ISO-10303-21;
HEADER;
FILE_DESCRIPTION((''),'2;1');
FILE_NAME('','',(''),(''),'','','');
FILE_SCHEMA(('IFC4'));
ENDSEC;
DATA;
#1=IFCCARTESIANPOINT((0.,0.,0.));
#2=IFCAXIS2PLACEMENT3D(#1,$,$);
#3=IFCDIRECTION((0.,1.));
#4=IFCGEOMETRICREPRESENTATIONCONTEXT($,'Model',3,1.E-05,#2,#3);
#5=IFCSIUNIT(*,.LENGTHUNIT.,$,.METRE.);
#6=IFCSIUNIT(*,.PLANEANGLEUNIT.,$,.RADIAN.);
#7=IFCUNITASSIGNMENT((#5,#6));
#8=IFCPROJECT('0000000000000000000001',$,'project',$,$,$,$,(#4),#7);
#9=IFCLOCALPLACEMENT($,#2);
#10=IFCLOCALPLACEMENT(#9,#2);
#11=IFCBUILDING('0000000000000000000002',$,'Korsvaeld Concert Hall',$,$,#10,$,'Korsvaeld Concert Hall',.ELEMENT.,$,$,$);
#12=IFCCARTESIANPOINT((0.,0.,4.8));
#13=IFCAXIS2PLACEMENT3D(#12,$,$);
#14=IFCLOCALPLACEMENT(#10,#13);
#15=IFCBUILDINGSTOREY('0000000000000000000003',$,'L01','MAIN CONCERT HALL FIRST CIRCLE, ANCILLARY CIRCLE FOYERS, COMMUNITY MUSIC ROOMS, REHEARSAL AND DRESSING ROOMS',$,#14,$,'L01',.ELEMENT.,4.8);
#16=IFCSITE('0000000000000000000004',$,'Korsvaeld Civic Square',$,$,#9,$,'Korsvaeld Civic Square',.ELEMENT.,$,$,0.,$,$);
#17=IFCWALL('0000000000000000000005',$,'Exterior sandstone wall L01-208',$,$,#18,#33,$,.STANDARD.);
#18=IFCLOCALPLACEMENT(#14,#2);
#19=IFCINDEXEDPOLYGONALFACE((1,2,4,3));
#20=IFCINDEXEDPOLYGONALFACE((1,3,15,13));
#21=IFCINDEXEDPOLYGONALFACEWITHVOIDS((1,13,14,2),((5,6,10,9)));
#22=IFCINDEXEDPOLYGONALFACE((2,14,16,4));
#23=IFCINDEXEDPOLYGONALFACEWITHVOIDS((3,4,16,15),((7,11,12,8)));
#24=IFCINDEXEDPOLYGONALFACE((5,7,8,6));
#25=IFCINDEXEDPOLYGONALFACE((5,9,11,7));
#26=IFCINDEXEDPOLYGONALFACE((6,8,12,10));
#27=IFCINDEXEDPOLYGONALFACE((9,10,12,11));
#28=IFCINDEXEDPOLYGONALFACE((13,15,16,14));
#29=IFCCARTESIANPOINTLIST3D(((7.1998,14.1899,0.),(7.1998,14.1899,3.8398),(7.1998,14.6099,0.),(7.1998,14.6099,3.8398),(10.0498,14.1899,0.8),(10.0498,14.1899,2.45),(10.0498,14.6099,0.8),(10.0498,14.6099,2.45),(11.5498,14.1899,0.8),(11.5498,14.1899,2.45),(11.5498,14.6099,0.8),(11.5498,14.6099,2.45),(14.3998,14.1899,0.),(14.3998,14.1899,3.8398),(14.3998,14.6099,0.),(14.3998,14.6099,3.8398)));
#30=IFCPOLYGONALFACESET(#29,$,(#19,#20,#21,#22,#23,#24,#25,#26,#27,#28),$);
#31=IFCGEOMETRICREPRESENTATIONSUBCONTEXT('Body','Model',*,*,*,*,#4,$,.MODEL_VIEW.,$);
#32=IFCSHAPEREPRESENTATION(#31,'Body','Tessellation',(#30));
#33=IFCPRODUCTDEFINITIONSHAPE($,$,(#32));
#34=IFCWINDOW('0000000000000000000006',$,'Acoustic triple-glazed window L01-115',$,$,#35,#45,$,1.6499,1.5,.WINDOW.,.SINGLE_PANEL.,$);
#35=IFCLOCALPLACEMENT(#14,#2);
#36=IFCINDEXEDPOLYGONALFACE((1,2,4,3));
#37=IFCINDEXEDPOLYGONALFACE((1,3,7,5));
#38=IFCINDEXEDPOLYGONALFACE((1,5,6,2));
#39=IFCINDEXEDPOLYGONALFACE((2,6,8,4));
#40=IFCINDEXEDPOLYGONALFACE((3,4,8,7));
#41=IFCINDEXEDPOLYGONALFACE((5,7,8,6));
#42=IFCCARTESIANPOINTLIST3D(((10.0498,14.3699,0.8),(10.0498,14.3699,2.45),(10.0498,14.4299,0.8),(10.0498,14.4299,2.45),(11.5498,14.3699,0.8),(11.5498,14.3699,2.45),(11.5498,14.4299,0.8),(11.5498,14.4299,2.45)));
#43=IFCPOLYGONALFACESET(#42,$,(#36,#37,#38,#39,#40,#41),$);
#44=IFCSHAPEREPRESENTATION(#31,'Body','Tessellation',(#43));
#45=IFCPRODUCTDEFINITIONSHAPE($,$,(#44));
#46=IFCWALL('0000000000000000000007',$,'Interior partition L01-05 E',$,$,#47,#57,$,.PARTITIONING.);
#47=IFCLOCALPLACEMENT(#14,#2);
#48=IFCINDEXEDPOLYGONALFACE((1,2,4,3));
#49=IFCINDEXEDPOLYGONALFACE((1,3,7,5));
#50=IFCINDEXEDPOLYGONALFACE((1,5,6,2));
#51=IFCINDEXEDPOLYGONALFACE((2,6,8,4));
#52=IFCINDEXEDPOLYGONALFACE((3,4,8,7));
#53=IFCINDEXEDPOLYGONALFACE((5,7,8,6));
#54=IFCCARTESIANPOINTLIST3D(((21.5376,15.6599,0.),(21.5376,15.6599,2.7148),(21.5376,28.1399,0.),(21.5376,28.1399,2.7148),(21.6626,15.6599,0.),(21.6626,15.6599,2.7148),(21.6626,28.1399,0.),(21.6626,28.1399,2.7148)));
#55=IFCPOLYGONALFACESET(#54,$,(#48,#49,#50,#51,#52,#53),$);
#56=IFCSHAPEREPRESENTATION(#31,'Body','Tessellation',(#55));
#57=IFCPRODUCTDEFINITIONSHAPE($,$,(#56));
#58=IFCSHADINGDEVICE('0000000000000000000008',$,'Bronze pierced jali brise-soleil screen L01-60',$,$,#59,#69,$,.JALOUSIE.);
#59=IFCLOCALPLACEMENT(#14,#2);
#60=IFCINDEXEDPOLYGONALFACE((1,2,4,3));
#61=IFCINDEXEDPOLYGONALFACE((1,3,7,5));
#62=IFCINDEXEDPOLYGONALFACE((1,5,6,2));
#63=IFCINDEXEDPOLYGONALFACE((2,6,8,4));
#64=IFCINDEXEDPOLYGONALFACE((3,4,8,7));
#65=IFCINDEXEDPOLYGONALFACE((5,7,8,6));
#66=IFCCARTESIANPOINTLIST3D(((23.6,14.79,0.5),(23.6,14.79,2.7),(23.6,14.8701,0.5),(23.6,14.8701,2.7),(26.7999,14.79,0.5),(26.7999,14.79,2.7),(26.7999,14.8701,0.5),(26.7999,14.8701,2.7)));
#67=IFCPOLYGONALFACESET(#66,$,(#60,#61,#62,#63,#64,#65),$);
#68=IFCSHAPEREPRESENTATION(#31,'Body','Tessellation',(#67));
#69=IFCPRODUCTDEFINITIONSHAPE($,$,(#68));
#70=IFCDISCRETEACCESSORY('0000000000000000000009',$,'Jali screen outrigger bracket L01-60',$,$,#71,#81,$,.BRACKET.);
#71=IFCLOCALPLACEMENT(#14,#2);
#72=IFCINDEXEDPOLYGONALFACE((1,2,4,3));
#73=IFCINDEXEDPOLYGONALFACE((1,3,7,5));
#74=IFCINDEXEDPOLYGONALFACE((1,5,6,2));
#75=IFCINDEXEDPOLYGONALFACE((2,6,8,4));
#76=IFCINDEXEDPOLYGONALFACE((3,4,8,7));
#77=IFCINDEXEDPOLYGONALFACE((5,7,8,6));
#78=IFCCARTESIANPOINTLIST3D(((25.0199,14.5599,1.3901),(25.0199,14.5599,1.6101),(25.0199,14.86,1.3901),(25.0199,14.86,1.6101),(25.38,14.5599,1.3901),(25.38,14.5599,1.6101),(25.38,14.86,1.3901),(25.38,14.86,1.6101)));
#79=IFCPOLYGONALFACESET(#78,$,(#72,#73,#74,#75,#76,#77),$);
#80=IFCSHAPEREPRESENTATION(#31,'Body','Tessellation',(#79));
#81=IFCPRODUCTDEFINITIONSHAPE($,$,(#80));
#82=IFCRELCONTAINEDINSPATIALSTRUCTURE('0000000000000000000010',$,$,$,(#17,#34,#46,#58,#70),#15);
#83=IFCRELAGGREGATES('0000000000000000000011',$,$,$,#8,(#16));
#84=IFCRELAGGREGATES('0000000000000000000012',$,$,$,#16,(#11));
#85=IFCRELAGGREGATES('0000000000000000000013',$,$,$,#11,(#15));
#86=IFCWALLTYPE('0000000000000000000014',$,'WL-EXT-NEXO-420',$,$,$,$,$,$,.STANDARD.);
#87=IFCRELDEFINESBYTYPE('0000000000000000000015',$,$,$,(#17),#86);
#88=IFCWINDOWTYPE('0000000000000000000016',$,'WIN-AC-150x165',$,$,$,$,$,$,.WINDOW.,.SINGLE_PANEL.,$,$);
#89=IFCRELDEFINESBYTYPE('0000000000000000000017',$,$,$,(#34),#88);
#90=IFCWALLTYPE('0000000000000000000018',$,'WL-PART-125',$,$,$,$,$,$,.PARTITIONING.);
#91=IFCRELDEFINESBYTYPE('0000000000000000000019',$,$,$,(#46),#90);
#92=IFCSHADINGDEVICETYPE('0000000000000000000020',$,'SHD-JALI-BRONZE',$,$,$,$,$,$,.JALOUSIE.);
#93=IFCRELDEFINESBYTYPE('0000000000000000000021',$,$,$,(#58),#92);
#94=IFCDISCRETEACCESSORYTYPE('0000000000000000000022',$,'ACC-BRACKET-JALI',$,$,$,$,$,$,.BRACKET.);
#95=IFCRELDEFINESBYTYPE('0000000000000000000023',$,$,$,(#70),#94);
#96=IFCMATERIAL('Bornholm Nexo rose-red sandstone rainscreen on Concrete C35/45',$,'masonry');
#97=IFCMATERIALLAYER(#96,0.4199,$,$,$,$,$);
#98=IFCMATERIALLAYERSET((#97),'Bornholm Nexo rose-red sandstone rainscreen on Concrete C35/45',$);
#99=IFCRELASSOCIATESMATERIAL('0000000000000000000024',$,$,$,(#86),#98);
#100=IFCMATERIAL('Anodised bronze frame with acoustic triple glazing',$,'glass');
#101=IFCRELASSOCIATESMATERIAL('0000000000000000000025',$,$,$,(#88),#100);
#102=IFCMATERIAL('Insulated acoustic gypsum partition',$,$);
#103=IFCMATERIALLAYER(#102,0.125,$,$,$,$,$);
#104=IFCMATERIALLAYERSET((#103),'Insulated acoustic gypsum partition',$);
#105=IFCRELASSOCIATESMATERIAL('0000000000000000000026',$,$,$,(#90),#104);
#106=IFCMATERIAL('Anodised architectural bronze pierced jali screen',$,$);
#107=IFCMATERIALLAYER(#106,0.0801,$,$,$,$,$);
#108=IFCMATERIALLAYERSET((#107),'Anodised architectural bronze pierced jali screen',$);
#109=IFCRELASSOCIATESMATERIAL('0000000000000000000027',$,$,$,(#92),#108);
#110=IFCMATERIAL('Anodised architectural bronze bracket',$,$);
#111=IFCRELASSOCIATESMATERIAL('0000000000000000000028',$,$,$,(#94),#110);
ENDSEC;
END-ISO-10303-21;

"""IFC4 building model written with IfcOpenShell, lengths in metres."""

from ifc_helpers import new_model, si_unit, direction, frame, frame_2d, origin, origin_2d, place, context, subcontext, project, spatial, rectangle, extrude, material, layer, layer_set, type_object, element, fill, save


model = new_model("IFC4")

# Units and contexts
model_context = context("Model", 3, precision=1e-05, world=origin(), true_north=direction((0.0, 1.0)))
body_context = subcontext(model_context, "Body", "Model", "MODEL_VIEW")
ifc_project = project(units=[si_unit("LENGTHUNIT", "METRE"), si_unit("PLANEANGLEUNIT", "RADIAN")], contexts=[model_context])

# Site, building, storey
site_placement = place(None, origin())
site = spatial("IfcSite", under=ifc_project, at=site_placement, Name="Korsvaeld Civic Square", LongName="Korsvaeld Civic Square", CompositionType="ELEMENT", RefElevation=0.0)
building_placement = place(site_placement, origin())
building = spatial("IfcBuilding", under=site, at=building_placement, Name="Korsvaeld Concert Hall", LongName="Korsvaeld Concert Hall", CompositionType="ELEMENT")
storey_placement = place(building_placement, frame((0.0, 0.0, 4.8)))
storey = spatial("IfcBuildingStorey", under=building, at=storey_placement, Name="L01", Description="MAIN CONCERT HALL FIRST CIRCLE, ANCILLARY CIRCLE FOYERS, COMMUNITY MUSIC ROOMS, REHEARSAL AND DRESSING ROOMS", LongName="L01", CompositionType="ELEMENT", Elevation=4.8)

# Wall, opening, window
ifc_material_1 = material(Name="Anodised bronze frame with acoustic triple glazing", Category="glass")
ifc_material_2 = material(Name="Bornholm Nexo rose-red sandstone rainscreen on Concrete C35/45", Category="masonry")
ifc_layer_1 = layer(ifc_material_2, 0.4199)
ifc_layer_set_1 = layer_set([ifc_layer_1], Name="Bornholm Nexo rose-red sandstone rainscreen on Concrete C35/45")
wall_type_1 = type_object("IfcWallType", Name="WL-EXT-NEXO-420", PredefinedType="STANDARD", material=ifc_layer_set_1)
wall_1_placement = place(storey_placement, frame((14.3999, 14.3999, 0.0), z_axis=(0.0, 0.0, 1.0), x_axis=(-1.0, 0.0, 0.0)))
wall_1 = element("IfcWall", 1, at=wall_1_placement, inside=storey, type_object=wall_type_1, Name="Exterior sandstone wall L01-208", PredefinedType="STANDARD", context=body_context, shape_type="SweptSolid", body=[
    extrude(rectangle(XDim=7.2, YDim=0.4199, at=frame_2d((3.6001, 0.0))), origin(), (0.0, 0.0, 1.0), 3.8398),
])
opening_1_placement = place(wall_1_placement, frame((2.8501, 0.0, 0.8)))
opening_1 = element("IfcOpeningElement", 2, at=opening_1_placement, cuts=wall_1, PredefinedType="OPENING", context=body_context, shape_type="SweptSolid", body=[
    extrude(rectangle(XDim=1.5, YDim=1.6499, at=frame_2d((0.75, 0.825))), frame((0.0, 0.22, 0.0), z_axis=(0.0, -1.0, 0.0), x_axis=(1.0, 0.0, 0.0)), (0.0, 0.0, 1.0), 0.4399),
])
window_type_1 = type_object("IfcWindowType", Name="WIN-AC-150x165", PartitioningType="SINGLE_PANEL", PredefinedType="WINDOW", material=ifc_material_1)
window_1_placement = place(opening_1_placement, origin())
window_1 = element("IfcWindow", 3, at=window_1_placement, inside=storey, type_object=window_type_1, Name="Acoustic triple-glazed window L01-115", OverallHeight=1.6499, OverallWidth=1.5, PartitioningType="SINGLE_PANEL", PredefinedType="WINDOW", context=body_context, shape_type="SweptSolid", body=[
    extrude(rectangle(XDim=1.5, YDim=1.6499, at=frame_2d((0.75, 0.825))), frame((0.0, 0.03, 0.0), z_axis=(0.0, -1.0, 0.0), x_axis=(1.0, 0.0, 0.0)), (0.0, 0.0, 1.0), 0.0601),
])
fill(opening_1, window_1)

# Wall
ifc_material_3 = material(Name="Insulated acoustic gypsum partition")
ifc_layer_2 = layer(ifc_material_3, 0.125)
ifc_layer_set_2 = layer_set([ifc_layer_2], Name="Insulated acoustic gypsum partition")
wall_type_2 = type_object("IfcWallType", Name="WL-PART-125", PredefinedType="PARTITIONING", material=ifc_layer_set_2)
wall_2_placement = place(storey_placement, frame((21.6001, 15.6599, 0.0), z_axis=(0.0, 0.0, 1.0), x_axis=(0.0, 1.0, 0.0)))
element("IfcWall", 4, at=wall_2_placement, inside=storey, type_object=wall_type_2, Name="Interior partition L01-05 E", PredefinedType="PARTITIONING", context=body_context, shape_type="SweptSolid", body=[
    extrude(rectangle(XDim=12.48, YDim=0.125, at=frame_2d((6.24, 0.0))), origin(), (0.0, 0.0, 1.0), 2.7148),
])

# Shading device
ifc_material_4 = material(Name="Anodised architectural bronze pierced jali screen")
ifc_layer_3 = layer(ifc_material_4, 0.0801)
ifc_layer_set_3 = layer_set([ifc_layer_3], Name="Anodised architectural bronze pierced jali screen")
shading_device_type = type_object("IfcShadingDeviceType", Name="SHD-JALI-BRONZE", PredefinedType="JALOUSIE", material=ifc_layer_set_3)
shading_device_placement = place(storey_placement, frame((25.2, 14.8301, 0.5), z_axis=(0.0, 0.0, 1.0), x_axis=(-1.0, 0.0, 0.0)))
element("IfcShadingDevice", 5, at=shading_device_placement, inside=storey, type_object=shading_device_type, Name="Bronze pierced jali brise-soleil screen L01-60", PredefinedType="JALOUSIE", context=body_context, shape_type="SweptSolid", body=[
    extrude(rectangle(XDim=3.2, YDim=0.0801, at=origin_2d()), origin(), (0.0, 0.0, 1.0), 2.2),
])

# Discrete accessory
ifc_material_5 = material(Name="Anodised architectural bronze bracket")
discrete_accessory_type = type_object("IfcDiscreteAccessoryType", Name="ACC-BRACKET-JALI", PredefinedType="BRACKET", material=ifc_material_5)
discrete_accessory_placement = place(storey_placement, frame((25.2, 14.71, 1.3901), z_axis=(0.0, 0.0, 1.0), x_axis=(-1.0, 0.0, 0.0)))
element("IfcDiscreteAccessory", 6, at=discrete_accessory_placement, inside=storey, type_object=discrete_accessory_type, Name="Jali screen outrigger bracket L01-60", PredefinedType="BRACKET", context=body_context, shape_type="SweptSolid", body=[
    extrude(rectangle(XDim=0.3601, YDim=0.3, at=origin_2d()), origin(), (0.0, 0.0, 1.0), 0.22),
])

save(model, "model.ifc")
